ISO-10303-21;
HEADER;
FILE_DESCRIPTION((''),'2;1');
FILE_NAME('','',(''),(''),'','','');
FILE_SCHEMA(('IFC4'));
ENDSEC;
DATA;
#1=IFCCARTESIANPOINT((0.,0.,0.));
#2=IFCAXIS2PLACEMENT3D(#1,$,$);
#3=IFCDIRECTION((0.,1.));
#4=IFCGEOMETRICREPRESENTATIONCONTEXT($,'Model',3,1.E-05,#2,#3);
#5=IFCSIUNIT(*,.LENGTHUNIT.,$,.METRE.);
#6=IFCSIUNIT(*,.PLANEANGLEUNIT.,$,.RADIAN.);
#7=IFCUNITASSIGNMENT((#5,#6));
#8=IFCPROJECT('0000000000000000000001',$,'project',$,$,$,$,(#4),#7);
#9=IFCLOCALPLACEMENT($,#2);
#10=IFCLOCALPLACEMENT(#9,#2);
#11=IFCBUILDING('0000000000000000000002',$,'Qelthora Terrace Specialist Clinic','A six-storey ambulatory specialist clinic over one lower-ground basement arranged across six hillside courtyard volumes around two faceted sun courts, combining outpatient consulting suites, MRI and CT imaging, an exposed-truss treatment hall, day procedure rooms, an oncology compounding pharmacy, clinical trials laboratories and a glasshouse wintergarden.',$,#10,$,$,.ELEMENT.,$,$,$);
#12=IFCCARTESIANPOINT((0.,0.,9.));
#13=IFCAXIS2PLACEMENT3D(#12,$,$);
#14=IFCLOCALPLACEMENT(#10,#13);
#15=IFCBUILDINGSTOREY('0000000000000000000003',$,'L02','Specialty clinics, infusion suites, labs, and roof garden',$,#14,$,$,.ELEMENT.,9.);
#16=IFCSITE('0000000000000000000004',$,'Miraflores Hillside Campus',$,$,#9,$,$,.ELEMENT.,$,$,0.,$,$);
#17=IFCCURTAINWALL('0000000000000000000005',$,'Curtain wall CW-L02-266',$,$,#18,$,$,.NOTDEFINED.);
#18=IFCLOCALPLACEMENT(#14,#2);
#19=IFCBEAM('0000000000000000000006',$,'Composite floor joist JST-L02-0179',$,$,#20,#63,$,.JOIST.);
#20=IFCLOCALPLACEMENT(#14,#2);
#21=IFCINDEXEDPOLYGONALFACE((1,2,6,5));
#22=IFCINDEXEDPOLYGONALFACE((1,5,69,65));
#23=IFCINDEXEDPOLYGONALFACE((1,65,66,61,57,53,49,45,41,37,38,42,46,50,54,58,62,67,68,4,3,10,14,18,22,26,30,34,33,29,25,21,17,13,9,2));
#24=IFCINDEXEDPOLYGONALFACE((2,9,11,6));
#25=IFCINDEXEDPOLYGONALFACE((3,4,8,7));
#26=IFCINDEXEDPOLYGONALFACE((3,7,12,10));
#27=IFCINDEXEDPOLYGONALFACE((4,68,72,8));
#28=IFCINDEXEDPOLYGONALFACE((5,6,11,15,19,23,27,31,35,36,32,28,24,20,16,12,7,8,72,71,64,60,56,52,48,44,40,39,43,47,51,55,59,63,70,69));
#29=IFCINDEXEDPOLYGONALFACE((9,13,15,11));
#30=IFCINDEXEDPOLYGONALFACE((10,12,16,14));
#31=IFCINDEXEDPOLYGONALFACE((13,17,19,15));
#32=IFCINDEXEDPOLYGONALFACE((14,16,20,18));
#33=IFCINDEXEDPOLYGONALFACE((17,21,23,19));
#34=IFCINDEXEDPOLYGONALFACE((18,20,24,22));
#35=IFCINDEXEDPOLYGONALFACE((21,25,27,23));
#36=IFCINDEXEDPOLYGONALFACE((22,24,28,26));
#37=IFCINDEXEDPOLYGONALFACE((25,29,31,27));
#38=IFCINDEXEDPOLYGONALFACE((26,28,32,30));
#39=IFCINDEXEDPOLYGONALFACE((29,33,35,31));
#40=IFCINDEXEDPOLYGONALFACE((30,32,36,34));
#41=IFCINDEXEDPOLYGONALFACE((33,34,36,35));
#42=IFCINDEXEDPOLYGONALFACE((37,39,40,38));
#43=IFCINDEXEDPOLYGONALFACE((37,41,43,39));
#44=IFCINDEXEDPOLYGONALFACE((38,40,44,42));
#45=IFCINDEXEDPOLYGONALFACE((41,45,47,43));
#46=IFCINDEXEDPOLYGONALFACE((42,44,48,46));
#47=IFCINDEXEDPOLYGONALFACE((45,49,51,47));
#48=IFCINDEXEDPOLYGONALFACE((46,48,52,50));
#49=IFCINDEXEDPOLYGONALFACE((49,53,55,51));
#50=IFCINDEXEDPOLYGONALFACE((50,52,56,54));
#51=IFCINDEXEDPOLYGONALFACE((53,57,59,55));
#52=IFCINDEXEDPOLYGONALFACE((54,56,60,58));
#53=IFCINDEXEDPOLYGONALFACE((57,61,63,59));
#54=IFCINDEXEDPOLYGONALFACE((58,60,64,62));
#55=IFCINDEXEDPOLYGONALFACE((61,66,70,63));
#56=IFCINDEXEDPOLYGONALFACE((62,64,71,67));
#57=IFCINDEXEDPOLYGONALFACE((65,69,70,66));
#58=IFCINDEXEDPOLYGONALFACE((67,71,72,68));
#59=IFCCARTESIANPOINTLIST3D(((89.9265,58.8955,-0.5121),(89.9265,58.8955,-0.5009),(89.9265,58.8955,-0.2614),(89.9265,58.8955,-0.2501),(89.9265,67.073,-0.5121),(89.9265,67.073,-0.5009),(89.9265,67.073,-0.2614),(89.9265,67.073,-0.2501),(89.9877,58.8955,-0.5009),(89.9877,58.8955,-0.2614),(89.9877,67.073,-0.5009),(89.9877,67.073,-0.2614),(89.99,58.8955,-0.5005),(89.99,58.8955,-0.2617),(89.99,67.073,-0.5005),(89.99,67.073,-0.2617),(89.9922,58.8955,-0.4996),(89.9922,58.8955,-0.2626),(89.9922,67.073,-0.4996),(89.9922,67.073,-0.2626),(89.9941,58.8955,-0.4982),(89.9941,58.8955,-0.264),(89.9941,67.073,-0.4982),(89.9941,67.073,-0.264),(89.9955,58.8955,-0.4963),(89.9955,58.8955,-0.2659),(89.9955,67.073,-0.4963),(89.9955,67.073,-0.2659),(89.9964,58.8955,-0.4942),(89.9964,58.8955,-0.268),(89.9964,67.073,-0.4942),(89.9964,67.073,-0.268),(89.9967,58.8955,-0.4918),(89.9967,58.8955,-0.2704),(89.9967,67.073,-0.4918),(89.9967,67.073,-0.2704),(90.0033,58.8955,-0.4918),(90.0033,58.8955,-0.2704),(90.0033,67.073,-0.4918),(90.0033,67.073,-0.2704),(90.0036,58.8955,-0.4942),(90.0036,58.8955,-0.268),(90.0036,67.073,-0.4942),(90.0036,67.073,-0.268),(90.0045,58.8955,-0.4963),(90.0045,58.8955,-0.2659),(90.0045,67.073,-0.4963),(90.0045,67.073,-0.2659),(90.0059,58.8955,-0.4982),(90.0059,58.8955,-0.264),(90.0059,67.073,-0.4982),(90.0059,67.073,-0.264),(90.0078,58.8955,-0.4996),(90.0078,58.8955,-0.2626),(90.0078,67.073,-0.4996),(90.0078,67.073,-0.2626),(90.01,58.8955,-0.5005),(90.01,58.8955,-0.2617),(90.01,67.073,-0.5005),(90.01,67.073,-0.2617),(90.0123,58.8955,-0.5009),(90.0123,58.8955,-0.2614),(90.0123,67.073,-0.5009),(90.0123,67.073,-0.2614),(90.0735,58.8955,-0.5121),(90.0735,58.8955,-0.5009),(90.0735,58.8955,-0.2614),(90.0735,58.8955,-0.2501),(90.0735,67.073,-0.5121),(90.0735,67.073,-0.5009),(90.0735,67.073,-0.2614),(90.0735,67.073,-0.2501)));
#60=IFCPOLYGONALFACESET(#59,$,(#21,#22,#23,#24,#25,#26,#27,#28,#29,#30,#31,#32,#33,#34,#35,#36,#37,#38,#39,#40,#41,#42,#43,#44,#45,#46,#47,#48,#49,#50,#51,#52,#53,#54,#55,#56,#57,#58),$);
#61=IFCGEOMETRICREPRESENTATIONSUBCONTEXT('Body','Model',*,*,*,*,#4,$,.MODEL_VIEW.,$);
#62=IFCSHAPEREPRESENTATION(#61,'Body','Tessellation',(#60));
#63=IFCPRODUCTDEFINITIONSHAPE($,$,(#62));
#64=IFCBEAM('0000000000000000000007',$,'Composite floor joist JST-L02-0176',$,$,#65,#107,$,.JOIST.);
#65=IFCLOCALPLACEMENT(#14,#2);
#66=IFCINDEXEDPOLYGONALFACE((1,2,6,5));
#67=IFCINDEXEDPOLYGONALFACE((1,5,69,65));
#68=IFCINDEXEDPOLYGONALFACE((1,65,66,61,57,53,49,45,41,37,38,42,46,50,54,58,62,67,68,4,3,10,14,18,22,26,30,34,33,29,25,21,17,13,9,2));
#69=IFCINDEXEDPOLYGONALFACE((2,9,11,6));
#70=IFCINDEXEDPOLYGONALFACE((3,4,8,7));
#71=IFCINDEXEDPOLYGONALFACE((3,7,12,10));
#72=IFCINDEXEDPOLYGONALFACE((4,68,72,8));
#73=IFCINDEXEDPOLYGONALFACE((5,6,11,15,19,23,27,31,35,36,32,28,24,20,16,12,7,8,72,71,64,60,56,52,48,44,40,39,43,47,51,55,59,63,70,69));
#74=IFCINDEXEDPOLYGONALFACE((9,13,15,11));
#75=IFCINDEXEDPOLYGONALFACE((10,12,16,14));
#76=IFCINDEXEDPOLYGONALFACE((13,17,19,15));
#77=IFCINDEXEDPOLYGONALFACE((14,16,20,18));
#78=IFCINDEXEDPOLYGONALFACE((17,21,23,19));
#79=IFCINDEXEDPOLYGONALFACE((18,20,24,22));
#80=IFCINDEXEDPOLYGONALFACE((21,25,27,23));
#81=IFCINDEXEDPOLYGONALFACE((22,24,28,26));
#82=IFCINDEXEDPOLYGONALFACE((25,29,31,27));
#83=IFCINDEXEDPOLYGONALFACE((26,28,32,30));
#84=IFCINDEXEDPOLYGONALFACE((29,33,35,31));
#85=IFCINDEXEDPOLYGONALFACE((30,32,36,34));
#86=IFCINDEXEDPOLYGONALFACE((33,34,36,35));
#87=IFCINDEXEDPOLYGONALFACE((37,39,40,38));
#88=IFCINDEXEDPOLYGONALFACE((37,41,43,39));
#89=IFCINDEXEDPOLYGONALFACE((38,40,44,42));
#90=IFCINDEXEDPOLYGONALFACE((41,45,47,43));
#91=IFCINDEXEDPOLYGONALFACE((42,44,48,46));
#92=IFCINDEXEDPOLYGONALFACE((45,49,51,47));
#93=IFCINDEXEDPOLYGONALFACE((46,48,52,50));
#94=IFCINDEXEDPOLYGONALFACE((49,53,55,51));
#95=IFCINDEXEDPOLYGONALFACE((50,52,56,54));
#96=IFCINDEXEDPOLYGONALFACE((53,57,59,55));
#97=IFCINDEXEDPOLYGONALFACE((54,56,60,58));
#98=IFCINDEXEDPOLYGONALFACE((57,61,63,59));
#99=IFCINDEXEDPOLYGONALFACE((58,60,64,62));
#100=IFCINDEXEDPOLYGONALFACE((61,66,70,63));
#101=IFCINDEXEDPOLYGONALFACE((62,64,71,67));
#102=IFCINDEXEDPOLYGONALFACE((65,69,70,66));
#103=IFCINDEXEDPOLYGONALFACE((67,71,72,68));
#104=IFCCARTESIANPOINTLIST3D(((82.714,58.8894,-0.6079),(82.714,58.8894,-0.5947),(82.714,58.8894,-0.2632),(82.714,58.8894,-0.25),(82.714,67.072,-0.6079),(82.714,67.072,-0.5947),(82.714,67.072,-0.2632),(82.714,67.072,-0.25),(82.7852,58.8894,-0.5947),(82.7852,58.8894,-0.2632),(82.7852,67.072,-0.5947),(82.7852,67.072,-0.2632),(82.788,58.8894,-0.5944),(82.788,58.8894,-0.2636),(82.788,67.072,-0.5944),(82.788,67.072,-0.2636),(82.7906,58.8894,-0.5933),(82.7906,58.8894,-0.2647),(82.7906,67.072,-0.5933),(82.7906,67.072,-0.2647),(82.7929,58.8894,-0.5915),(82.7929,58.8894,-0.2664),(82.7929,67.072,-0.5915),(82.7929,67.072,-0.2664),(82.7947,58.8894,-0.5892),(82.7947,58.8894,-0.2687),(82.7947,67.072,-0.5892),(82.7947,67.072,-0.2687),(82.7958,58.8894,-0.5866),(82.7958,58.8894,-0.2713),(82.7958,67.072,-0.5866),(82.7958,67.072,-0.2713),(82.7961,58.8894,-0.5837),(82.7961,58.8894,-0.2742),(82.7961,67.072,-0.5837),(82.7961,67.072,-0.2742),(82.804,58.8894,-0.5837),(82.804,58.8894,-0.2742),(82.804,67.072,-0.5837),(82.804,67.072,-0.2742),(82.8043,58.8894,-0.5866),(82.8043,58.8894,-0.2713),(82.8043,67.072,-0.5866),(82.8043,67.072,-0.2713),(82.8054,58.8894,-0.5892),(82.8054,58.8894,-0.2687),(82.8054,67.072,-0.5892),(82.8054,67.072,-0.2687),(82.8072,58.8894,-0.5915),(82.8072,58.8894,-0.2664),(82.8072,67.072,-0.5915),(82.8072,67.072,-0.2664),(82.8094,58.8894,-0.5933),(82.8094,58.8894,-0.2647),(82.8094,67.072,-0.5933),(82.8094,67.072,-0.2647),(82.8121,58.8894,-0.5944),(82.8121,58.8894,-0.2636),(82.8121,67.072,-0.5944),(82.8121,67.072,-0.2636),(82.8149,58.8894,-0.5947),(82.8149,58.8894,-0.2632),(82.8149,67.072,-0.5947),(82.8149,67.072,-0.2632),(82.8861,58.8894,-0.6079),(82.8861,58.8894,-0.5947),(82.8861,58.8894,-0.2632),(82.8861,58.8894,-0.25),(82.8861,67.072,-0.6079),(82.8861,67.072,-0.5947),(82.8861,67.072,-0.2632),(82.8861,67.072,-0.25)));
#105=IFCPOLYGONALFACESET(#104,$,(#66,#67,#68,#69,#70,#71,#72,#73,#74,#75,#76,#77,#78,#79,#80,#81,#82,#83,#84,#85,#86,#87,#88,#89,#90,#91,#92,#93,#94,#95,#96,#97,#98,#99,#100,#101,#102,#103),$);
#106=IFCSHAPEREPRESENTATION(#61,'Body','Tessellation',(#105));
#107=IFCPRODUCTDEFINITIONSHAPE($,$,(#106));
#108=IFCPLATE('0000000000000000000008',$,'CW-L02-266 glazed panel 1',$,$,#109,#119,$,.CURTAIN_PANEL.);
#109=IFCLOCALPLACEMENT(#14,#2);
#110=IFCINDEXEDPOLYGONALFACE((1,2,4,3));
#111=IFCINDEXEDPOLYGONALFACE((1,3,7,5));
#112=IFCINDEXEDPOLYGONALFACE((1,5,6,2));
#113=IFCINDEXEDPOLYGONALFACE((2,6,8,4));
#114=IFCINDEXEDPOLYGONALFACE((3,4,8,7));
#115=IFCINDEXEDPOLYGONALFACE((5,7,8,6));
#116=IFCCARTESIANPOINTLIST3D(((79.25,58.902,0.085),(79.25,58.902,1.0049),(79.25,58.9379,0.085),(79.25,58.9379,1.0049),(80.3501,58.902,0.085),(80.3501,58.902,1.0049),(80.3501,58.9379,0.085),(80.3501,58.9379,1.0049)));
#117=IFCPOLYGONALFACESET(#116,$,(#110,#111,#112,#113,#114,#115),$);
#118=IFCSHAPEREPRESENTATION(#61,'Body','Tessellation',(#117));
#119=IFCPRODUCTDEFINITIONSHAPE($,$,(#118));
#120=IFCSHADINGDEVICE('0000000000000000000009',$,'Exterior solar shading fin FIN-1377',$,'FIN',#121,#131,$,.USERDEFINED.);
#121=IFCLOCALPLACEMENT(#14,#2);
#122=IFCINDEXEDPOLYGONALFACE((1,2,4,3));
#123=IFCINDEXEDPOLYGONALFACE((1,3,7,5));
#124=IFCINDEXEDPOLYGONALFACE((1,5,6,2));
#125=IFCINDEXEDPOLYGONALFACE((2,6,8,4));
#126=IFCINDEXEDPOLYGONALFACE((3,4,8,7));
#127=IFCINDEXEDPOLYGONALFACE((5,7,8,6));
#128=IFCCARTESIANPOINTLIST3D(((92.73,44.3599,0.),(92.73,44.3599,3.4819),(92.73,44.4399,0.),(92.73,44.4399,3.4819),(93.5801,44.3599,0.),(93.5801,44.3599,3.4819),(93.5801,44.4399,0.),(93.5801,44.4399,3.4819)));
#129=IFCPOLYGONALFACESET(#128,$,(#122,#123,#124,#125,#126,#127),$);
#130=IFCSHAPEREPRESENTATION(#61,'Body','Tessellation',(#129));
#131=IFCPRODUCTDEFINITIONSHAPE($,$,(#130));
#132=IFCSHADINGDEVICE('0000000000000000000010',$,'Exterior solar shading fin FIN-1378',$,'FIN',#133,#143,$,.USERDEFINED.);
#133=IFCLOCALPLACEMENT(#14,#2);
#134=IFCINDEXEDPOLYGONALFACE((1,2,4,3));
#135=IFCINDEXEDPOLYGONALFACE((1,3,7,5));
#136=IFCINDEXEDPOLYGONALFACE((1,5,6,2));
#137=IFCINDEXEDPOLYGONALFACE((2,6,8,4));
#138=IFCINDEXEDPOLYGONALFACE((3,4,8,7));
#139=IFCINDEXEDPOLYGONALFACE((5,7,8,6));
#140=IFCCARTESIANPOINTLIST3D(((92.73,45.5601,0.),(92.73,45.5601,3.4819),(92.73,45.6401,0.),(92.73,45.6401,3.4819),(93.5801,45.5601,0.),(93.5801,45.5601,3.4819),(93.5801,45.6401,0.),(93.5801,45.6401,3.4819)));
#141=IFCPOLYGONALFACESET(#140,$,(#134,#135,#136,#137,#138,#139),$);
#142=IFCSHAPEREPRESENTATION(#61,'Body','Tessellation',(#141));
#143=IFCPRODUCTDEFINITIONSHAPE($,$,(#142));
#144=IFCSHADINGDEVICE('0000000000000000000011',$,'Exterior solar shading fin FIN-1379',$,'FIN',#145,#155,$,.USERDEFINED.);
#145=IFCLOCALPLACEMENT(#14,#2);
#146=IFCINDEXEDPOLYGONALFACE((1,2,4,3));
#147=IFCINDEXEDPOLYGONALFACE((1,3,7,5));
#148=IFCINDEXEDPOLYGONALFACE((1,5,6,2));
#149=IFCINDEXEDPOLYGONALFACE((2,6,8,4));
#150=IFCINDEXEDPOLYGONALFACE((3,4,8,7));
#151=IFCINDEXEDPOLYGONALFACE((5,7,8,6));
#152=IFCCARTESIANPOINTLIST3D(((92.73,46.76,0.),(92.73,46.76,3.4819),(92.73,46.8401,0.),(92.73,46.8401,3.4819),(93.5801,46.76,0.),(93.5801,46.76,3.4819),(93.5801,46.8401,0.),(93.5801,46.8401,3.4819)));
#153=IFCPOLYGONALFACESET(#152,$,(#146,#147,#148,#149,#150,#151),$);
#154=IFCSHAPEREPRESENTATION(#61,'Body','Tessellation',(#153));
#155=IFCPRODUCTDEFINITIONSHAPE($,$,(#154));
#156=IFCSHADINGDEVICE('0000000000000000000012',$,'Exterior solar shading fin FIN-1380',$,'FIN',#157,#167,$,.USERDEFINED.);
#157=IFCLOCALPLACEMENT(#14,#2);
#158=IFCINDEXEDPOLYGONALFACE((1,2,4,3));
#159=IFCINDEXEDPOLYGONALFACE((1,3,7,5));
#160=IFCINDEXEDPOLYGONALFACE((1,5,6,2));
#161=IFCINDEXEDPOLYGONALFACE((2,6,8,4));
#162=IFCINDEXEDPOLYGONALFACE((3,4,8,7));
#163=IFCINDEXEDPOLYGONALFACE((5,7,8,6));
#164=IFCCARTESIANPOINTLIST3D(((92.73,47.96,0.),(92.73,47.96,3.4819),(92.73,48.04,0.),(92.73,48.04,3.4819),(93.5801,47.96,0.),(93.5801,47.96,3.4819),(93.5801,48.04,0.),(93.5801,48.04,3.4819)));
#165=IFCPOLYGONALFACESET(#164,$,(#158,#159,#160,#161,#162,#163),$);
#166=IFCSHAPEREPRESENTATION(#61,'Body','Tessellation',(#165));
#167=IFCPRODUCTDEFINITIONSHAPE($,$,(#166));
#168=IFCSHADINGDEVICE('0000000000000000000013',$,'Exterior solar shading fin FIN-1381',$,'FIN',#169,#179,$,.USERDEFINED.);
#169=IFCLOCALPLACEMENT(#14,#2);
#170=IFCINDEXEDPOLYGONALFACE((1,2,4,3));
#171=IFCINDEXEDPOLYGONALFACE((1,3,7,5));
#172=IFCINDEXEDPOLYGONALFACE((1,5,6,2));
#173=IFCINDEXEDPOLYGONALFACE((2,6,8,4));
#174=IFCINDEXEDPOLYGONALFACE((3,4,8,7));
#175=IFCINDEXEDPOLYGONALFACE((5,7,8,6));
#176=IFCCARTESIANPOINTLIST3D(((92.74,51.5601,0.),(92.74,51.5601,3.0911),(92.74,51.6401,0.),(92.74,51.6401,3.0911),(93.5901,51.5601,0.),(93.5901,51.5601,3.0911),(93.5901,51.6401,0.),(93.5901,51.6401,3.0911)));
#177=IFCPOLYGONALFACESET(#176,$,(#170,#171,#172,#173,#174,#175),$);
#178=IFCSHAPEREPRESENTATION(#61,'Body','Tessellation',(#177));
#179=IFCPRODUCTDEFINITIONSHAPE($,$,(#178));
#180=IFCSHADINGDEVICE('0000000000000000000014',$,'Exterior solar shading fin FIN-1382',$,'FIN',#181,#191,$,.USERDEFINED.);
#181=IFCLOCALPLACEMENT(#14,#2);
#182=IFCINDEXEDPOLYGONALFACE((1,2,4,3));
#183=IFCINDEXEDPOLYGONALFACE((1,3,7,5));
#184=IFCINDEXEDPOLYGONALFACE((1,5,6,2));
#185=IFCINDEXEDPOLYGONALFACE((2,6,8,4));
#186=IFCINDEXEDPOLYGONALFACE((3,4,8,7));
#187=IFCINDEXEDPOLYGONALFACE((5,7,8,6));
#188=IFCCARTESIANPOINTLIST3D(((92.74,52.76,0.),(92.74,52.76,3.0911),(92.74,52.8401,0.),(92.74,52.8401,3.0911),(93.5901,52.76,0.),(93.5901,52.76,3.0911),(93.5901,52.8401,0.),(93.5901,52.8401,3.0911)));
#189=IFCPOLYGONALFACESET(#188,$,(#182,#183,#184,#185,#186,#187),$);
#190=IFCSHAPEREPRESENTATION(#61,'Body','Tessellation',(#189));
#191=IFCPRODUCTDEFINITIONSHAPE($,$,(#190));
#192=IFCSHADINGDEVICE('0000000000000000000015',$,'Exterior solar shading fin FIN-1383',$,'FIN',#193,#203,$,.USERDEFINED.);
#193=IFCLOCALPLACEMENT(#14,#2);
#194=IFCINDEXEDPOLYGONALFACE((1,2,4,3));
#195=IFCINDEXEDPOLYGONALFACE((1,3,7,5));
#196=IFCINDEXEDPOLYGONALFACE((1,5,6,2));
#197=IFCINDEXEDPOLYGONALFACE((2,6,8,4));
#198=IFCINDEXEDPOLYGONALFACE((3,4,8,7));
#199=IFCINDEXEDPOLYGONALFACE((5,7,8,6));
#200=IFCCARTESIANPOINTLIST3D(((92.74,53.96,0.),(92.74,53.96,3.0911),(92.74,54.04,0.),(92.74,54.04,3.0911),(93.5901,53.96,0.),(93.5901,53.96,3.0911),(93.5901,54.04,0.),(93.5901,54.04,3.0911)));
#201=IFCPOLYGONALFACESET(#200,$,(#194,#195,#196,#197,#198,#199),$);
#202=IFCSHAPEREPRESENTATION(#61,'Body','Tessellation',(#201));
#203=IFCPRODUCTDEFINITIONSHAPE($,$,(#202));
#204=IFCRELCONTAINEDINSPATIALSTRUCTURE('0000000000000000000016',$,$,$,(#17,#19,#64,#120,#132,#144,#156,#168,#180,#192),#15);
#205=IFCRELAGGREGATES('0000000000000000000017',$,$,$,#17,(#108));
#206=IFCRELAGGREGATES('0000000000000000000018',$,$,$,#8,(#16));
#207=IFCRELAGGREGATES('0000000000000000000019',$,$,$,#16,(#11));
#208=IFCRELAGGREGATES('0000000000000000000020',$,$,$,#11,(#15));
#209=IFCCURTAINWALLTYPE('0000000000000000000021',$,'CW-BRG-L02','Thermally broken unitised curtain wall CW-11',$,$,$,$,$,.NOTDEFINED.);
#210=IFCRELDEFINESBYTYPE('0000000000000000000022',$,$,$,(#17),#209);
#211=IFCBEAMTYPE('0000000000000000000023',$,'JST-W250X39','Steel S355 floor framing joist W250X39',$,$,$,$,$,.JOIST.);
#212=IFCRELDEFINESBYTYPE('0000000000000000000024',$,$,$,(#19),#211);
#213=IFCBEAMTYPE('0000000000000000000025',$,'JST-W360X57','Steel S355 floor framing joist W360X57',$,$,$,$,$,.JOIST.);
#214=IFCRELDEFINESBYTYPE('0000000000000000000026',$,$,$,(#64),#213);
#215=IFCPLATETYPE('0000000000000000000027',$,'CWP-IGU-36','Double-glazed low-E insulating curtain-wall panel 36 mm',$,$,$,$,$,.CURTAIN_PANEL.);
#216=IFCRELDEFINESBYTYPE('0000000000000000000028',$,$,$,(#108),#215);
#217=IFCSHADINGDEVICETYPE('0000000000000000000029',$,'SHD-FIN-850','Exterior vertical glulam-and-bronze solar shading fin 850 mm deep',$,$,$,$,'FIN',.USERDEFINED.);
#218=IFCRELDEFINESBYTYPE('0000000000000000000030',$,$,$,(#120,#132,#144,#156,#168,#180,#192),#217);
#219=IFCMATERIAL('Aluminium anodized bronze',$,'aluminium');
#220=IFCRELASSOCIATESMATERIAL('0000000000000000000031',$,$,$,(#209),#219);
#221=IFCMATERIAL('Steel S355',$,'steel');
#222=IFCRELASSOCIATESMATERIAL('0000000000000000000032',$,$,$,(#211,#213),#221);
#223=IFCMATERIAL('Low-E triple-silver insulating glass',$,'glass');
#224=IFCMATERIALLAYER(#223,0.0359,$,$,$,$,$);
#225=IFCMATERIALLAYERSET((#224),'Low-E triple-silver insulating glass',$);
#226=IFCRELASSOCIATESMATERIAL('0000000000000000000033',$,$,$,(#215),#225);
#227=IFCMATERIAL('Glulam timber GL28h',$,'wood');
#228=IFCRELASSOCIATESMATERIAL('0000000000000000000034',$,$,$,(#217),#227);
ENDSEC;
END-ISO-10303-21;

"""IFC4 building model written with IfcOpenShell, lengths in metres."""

from ifc_helpers import new_model, si_unit, direction, frame, origin, origin_2d, place, context, subcontext, project, spatial, rectangle, i_section, extrude, material, layer, layer_set, material_profile, profile_set, type_object, element, aggregate, save


model = new_model("IFC4")

# Units and contexts
model_context = context("Model", 3, precision=1e-05, world=origin(), true_north=direction((0.0, 1.0)))
body_context = subcontext(model_context, "Body", "Model", "MODEL_VIEW")
ifc_project = project(units=[si_unit("LENGTHUNIT", "METRE"), si_unit("PLANEANGLEUNIT", "RADIAN")], contexts=[model_context])

# Site, building, storey
site_placement = place(None, origin())
site = spatial("IfcSite", under=ifc_project, at=site_placement, Name="Miraflores Hillside Campus", CompositionType="ELEMENT", RefElevation=0.0)
building_placement = place(site_placement, origin())
building = spatial("IfcBuilding", under=site, at=building_placement, Name="Qelthora Terrace Specialist Clinic", Description="A six-storey ambulatory specialist clinic over one lower-ground basement arranged across six hillside courtyard volumes around two faceted sun courts, combining outpatient consulting suites, MRI and CT imaging, an exposed-truss treatment hall, day procedure rooms, an oncology compounding pharmacy, clinical trials laboratories and a glasshouse wintergarden.", CompositionType="ELEMENT")
storey_placement = place(building_placement, frame((0.0, 0.0, 9.0)))
storey = spatial("IfcBuildingStorey", under=building, at=storey_placement, Name="L02", Description="Specialty clinics, infusion suites, labs, and roof garden", CompositionType="ELEMENT", Elevation=9.0)

# Shared definitions
ifc_material_1 = material(Name="Steel S355", Category="steel")

# Curtain wall
ifc_material_2 = material(Name="Aluminium anodized bronze", Category="aluminium")
curtain_wall_type = type_object("IfcCurtainWallType", Name="CW-BRG-L02", Description="Thermally broken unitised curtain wall CW-11", PredefinedType="NOTDEFINED", material=ifc_material_2)
curtain_wall_placement = place(storey_placement, origin())
curtain_wall = element("IfcCurtainWall", 1, at=curtain_wall_placement, inside=storey, type_object=curtain_wall_type, Name="Curtain wall CW-L02-266", PredefinedType="NOTDEFINED")

# Beams
ifc_material_profile_1 = material_profile(ifc_material_1, i_section(OverallWidth=0.147, OverallDepth=0.262, WebThickness=0.0066, FlangeThickness=0.0112, FilletRadius=0.009, at=origin_2d()), Name="W250X39")
ifc_profile_set_1 = profile_set([ifc_material_profile_1], Name="Steel S355")
beam_type_1 = type_object("IfcBeamType", Name="JST-W250X39", Description="Steel S355 floor framing joist W250X39", PredefinedType="JOIST", material=ifc_profile_set_1)
beam_1_placement = place(storey_placement, frame((90.0, 58.8955, -0.3811), z_axis=(0.0, 1.0, 0.0), x_axis=(-1.0, 0.0, 0.0)))
element("IfcBeam", 2, at=beam_1_placement, inside=storey, type_object=beam_type_1, Name="Composite floor joist JST-L02-0179", PredefinedType="JOIST", context=body_context, shape_type="SweptSolid", body=[
    extrude(i_section(OverallWidth=0.147, OverallDepth=0.262, WebThickness=0.0066, FlangeThickness=0.0112, FilletRadius=0.009, at=origin_2d()), origin(), (0.0, 0.0, 1.0), 8.1775),
])
ifc_material_profile_2 = material_profile(ifc_material_1, i_section(OverallWidth=0.1721, OverallDepth=0.3579, WebThickness=0.0078, FlangeThickness=0.0132, FilletRadius=0.011, at=origin_2d()), Name="W360X57")
ifc_profile_set_2 = profile_set([ifc_material_profile_2], Name="Steel S355")
beam_type_2 = type_object("IfcBeamType", Name="JST-W360X57", Description="Steel S355 floor framing joist W360X57", PredefinedType="JOIST", material=ifc_profile_set_2)
beam_2_placement = place(storey_placement, frame((82.8, 58.8894, -0.429), z_axis=(0.0, 1.0, 0.0), x_axis=(-1.0, 0.0, 0.0)))
element("IfcBeam", 3, at=beam_2_placement, inside=storey, type_object=beam_type_2, Name="Composite floor joist JST-L02-0176", PredefinedType="JOIST", context=body_context, shape_type="SweptSolid", body=[
    extrude(i_section(OverallWidth=0.1721, OverallDepth=0.3579, WebThickness=0.0078, FlangeThickness=0.0132, FilletRadius=0.011, at=origin_2d()), origin(), (0.0, 0.0, 1.0), 8.1826),
])

# Plate
ifc_material_3 = material(Name="Low-E triple-silver insulating glass", Category="glass")
ifc_layer = layer(ifc_material_3, 0.0359)
ifc_layer_set = layer_set([ifc_layer], Name="Low-E triple-silver insulating glass")
plate_type = type_object("IfcPlateType", Name="CWP-IGU-36", Description="Double-glazed low-E insulating curtain-wall panel 36 mm", PredefinedType="CURTAIN_PANEL", material=ifc_layer_set)
plate_placement = place(storey_placement, frame((79.8, 58.9199, 0.085), z_axis=(0.0, 0.0, 1.0), x_axis=(1.0, 0.0, 0.0)))
plate = element("IfcPlate", 4, at=plate_placement, type_object=plate_type, Name="CW-L02-266 glazed panel 1", PredefinedType="CURTAIN_PANEL", context=body_context, shape_type="SweptSolid", body=[
    extrude(rectangle(XDim=1.1001, YDim=0.0359, at=origin_2d()), origin(), (0.0, 0.0, 1.0), 0.9199),
])
aggregate(curtain_wall, [plate])

# Shading devices
ifc_material_4 = material(Name="Glulam timber GL28h", Category="wood")
shading_device_type = type_object("IfcShadingDeviceType", Name="SHD-FIN-850", Description="Exterior vertical glulam-and-bronze solar shading fin 850 mm deep", ElementType="FIN", PredefinedType="USERDEFINED", material=ifc_material_4)
for number, where, z_axis, x_axis, name in (
    (5, (93.155, 44.3999, 0.0), (0.0, 0.0, 1.0), (-1.0, 0.0, 0.0), "Exterior solar shading fin FIN-1377"),
    (6, (93.155, 45.6001, 0.0), (0.0, 0.0, 1.0), (-1.0, 0.0, 0.0), "Exterior solar shading fin FIN-1378"),
    (7, (93.155, 46.8, 0.0), (0.0, 0.0, 1.0), (-1.0, 0.0, 0.0), "Exterior solar shading fin FIN-1379"),
    (8, (93.155, 48.0, 0.0), (0.0, 0.0, 1.0), (-1.0, 0.0, 0.0), "Exterior solar shading fin FIN-1380"),
):
    element("IfcShadingDevice", number, at=place(storey_placement, frame(where, z_axis=z_axis, x_axis=x_axis)), inside=storey, type_object=shading_device_type, Name=name, ObjectType="FIN", PredefinedType="USERDEFINED", context=body_context, shape_type="SweptSolid", body=[
        extrude(rectangle(XDim=0.8501, YDim=0.0801, at=origin_2d()), origin(), (0.0, 0.0, 1.0), 3.4819),
    ])
for number, where, z_axis, x_axis, name in (
    (9, (93.165, 51.6001, 0.0), (0.0, 0.0, 1.0), (-1.0, 0.0, 0.0), "Exterior solar shading fin FIN-1381"),
    (10, (93.165, 52.8, 0.0), (0.0, 0.0, 1.0), (-1.0, 0.0, 0.0), "Exterior solar shading fin FIN-1382"),
    (11, (93.165, 54.0, 0.0), (0.0, 0.0, 1.0), (-1.0, 0.0, 0.0), "Exterior solar shading fin FIN-1383"),
):
    element("IfcShadingDevice", number, at=place(storey_placement, frame(where, z_axis=z_axis, x_axis=x_axis)), inside=storey, type_object=shading_device_type, Name=name, ObjectType="FIN", PredefinedType="USERDEFINED", context=body_context, shape_type="SweptSolid", body=[
        extrude(rectangle(XDim=0.8501, YDim=0.0801, at=origin_2d()), origin(), (0.0, 0.0, 1.0), 3.0911),
    ])

save(model, "model.ifc")
